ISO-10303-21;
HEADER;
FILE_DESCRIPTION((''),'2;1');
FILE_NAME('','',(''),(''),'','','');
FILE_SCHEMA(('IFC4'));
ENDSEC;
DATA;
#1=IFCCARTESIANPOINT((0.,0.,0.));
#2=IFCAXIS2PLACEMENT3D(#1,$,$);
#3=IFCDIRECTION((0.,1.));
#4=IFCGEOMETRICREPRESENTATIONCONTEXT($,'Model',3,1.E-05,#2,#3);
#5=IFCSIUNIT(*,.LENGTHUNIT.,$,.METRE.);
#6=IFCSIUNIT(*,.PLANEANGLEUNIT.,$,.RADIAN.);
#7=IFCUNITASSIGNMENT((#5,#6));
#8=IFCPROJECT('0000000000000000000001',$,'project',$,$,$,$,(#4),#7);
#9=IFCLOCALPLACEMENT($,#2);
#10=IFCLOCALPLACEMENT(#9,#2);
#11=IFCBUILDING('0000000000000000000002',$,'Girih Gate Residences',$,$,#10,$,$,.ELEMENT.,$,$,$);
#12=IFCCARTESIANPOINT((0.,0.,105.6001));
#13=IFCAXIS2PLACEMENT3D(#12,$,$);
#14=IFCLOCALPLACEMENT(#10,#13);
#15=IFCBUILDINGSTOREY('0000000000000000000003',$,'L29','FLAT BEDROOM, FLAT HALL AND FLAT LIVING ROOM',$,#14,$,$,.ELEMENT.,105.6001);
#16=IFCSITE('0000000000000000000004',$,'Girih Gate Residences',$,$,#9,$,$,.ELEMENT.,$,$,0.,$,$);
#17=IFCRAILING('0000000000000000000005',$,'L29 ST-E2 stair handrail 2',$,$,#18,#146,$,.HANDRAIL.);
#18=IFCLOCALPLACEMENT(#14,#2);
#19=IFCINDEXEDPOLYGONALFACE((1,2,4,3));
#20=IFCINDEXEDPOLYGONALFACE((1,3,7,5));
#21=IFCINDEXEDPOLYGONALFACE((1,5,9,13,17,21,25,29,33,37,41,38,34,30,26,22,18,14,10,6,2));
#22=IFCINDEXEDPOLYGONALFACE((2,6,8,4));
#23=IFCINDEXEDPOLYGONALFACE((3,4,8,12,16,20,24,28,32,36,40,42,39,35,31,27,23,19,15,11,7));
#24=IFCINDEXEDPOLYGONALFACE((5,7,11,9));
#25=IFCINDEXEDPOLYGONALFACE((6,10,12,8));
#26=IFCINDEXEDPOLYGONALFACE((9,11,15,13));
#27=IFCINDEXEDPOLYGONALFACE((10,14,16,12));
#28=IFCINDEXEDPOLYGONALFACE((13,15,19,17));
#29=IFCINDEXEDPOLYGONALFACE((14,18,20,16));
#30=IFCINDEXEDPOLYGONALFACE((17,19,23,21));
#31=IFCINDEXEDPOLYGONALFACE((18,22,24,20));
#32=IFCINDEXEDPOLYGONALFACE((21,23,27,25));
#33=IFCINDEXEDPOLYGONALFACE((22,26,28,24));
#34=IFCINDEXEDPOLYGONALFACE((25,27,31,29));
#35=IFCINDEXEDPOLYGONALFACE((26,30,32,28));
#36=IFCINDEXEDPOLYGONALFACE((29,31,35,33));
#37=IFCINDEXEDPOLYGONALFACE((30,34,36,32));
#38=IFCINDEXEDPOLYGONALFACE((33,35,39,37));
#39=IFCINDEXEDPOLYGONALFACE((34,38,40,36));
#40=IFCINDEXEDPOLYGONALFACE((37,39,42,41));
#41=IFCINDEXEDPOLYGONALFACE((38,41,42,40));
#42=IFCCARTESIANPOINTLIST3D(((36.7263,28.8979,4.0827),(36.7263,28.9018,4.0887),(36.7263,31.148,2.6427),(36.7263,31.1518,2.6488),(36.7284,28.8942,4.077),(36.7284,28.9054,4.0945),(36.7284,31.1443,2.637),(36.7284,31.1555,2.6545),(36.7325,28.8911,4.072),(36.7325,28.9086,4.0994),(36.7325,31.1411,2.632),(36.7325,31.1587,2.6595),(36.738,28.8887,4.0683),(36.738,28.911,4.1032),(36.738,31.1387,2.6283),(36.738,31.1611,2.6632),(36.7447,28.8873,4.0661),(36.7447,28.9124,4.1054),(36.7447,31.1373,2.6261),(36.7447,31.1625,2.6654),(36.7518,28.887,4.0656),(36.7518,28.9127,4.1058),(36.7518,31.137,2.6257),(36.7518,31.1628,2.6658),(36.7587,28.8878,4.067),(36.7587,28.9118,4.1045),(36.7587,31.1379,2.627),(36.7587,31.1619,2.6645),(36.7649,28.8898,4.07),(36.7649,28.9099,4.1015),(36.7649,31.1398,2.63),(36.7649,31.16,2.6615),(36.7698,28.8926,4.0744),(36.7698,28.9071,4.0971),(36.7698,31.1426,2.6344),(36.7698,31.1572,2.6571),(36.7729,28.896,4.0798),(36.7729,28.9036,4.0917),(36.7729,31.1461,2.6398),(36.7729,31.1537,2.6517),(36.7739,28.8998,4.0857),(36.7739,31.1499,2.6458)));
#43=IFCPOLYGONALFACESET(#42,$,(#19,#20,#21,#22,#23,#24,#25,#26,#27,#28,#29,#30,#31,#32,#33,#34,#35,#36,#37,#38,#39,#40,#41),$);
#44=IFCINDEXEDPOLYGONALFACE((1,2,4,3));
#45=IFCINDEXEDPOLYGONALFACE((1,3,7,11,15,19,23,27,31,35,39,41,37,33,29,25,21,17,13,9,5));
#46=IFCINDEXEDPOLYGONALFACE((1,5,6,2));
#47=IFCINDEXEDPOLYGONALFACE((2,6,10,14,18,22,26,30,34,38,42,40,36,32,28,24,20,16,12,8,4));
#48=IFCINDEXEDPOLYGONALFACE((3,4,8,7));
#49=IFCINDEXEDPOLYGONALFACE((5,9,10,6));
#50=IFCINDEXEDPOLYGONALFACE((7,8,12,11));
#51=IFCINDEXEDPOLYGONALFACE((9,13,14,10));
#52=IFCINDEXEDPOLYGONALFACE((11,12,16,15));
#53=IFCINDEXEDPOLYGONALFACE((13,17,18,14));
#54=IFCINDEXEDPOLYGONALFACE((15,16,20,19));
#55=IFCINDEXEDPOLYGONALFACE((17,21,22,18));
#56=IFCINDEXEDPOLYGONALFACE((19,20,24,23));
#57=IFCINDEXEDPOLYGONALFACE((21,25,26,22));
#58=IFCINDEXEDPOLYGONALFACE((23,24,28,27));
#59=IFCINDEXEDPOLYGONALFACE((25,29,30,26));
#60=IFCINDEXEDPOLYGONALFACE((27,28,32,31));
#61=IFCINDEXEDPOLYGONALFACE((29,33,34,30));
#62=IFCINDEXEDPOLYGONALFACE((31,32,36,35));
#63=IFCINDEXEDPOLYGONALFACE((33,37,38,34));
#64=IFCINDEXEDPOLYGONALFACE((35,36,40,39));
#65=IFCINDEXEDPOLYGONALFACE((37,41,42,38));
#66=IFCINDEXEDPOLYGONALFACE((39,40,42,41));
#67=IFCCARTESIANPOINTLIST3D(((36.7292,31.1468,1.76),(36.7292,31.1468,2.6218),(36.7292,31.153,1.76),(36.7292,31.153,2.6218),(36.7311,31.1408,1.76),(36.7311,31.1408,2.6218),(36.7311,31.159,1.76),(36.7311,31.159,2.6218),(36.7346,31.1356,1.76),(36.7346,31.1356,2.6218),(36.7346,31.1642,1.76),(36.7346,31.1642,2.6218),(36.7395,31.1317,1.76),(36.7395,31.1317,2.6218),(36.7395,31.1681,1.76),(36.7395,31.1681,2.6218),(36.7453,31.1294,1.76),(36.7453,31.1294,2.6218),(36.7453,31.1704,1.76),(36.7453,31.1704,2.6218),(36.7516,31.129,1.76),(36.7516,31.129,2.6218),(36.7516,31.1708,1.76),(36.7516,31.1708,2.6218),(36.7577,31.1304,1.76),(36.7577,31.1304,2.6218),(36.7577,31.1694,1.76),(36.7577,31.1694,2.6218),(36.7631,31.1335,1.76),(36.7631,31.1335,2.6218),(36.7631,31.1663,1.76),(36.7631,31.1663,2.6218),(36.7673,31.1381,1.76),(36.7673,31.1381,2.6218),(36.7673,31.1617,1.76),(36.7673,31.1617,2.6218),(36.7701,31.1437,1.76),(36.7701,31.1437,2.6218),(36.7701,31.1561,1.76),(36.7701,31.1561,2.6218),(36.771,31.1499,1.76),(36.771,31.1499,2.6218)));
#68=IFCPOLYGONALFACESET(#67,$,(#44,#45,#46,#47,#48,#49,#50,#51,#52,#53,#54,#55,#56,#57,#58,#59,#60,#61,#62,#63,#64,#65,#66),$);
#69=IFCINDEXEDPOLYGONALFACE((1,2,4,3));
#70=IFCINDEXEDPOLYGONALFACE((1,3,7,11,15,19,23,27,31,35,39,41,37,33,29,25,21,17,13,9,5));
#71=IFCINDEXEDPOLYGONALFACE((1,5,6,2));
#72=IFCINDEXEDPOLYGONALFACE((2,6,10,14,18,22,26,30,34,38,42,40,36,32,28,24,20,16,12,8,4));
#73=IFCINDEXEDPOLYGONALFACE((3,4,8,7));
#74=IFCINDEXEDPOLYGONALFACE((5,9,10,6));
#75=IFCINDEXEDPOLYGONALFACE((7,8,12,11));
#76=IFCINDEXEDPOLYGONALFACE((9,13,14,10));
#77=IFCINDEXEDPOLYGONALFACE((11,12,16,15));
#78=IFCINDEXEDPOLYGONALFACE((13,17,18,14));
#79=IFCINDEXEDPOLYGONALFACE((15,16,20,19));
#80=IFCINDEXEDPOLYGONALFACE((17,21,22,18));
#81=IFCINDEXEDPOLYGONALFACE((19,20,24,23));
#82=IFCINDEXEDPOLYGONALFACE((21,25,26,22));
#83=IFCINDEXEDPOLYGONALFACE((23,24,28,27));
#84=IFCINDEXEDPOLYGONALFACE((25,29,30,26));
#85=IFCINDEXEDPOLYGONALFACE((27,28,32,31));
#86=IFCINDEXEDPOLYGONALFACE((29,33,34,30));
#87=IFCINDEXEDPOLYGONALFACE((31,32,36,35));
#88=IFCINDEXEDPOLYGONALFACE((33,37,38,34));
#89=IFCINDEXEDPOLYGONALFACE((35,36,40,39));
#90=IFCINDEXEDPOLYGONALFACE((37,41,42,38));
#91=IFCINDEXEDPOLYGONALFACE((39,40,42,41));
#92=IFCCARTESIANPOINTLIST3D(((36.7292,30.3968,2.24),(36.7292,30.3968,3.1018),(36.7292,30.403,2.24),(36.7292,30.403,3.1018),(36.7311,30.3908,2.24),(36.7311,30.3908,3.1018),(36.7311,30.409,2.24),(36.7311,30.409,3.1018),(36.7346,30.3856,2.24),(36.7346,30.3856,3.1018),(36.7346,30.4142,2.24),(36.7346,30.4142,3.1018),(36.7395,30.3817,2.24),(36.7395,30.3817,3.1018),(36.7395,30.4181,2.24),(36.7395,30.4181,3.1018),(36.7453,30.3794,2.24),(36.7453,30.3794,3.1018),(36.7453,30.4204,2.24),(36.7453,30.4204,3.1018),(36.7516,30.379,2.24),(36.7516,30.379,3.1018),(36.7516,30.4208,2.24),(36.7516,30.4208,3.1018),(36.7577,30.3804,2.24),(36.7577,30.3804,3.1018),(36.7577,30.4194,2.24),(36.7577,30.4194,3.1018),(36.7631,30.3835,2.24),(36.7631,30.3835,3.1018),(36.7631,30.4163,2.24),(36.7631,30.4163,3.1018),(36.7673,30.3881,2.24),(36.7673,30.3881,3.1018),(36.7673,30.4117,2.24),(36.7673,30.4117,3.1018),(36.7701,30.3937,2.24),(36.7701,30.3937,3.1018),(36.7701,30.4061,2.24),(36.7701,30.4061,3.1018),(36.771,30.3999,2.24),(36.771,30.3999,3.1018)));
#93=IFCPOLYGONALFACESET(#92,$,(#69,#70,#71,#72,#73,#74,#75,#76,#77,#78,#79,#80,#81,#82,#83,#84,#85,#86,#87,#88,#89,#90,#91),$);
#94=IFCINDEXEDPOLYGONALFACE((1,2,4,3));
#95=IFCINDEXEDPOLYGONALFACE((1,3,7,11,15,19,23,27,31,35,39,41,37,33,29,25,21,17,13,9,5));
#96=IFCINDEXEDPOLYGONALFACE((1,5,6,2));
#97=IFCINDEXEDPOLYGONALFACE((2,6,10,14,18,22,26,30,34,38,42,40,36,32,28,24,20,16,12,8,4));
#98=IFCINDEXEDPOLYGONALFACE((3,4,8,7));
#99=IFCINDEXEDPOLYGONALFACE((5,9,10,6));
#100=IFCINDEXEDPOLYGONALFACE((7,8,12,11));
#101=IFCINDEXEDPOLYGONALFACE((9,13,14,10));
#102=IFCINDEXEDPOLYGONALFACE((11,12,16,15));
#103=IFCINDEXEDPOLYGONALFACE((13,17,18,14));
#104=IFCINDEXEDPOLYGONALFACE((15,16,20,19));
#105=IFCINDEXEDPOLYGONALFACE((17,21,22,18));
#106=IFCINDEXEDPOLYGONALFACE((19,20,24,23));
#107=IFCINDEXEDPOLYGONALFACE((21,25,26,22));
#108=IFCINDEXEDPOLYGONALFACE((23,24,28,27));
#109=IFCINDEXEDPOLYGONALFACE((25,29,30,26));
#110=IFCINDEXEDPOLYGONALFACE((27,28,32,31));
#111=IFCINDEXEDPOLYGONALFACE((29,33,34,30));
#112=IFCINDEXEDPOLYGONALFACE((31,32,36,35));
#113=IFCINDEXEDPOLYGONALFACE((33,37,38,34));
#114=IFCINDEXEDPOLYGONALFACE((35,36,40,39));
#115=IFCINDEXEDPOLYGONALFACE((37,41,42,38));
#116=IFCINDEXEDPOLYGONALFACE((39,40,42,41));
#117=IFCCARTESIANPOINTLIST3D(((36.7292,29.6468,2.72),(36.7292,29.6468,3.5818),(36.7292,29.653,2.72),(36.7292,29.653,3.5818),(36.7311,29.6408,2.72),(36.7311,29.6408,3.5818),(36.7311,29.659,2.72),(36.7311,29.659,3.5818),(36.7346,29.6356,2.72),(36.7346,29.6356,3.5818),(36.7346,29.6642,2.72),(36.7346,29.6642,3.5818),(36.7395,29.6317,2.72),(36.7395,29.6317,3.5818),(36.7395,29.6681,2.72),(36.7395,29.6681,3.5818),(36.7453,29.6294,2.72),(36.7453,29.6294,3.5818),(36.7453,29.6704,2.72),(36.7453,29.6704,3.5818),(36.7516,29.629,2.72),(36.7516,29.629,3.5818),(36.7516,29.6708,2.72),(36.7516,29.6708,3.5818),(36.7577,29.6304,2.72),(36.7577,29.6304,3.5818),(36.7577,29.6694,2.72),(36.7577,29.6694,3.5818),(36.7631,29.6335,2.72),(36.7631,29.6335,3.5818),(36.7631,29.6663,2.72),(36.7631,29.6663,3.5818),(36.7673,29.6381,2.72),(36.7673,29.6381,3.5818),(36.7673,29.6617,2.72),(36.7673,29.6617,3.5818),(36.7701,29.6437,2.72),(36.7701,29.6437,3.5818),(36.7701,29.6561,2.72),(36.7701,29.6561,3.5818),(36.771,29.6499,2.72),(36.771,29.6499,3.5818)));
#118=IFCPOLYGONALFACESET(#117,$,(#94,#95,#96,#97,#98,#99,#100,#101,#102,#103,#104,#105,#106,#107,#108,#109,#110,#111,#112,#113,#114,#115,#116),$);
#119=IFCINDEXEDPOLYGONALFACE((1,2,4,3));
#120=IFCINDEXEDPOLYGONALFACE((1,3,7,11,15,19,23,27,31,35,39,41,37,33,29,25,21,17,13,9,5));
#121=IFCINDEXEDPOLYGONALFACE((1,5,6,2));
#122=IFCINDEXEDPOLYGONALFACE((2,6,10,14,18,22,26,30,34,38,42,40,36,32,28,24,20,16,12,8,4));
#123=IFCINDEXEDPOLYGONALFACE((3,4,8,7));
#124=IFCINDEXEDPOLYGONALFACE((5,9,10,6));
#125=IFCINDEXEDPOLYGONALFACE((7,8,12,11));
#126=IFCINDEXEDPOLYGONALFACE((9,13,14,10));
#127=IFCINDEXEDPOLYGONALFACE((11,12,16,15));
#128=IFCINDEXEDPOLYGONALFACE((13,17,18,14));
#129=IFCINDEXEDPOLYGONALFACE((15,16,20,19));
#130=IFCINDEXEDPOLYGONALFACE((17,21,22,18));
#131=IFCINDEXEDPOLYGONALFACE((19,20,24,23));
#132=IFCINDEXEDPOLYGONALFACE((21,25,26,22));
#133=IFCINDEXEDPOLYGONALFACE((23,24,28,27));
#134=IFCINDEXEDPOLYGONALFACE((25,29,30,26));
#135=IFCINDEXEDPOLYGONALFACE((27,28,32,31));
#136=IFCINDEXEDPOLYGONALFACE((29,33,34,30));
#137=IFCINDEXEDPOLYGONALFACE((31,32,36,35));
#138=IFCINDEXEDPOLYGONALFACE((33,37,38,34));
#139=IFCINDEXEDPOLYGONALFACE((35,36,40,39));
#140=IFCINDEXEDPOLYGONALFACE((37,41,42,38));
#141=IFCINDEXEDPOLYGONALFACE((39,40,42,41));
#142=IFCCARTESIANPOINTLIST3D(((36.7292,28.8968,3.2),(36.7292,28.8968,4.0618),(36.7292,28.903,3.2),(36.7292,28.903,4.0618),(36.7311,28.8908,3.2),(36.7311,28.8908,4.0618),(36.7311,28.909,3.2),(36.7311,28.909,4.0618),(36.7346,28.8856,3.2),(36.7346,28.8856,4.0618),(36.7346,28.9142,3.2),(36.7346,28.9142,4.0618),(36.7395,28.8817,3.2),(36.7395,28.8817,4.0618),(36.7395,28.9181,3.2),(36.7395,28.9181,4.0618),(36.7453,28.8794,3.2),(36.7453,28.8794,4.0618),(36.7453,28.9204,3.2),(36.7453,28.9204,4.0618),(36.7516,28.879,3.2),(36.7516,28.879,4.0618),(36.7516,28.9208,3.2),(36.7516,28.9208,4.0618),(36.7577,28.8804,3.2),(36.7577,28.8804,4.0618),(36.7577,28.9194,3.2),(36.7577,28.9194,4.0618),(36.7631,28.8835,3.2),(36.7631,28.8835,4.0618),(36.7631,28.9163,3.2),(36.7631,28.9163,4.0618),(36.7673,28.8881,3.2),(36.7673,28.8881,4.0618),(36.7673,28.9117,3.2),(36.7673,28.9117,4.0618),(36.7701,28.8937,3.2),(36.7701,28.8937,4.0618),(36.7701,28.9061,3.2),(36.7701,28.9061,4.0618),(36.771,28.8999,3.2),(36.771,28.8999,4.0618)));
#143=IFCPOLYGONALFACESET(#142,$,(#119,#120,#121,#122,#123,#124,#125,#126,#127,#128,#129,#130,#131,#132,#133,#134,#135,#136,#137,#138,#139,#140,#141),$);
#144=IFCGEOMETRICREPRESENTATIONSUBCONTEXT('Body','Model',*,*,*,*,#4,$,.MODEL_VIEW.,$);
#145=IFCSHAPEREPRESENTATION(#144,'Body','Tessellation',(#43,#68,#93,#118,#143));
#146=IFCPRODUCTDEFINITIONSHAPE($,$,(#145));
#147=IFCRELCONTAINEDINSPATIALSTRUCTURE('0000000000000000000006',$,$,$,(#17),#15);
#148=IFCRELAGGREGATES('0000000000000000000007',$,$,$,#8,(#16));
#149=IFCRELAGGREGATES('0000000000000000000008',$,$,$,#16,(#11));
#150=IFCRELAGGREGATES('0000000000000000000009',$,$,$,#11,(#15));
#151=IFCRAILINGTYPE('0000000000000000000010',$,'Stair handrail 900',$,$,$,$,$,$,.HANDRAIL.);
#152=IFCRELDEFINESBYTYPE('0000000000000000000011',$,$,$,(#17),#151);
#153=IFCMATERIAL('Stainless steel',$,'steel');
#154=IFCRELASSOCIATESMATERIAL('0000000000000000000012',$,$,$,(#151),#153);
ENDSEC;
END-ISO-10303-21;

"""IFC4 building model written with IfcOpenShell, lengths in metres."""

from ifc_helpers import new_model, si_unit, direction, frame, origin, origin_2d, place, context, subcontext, project, spatial, circle, extrude, material, type_object, element, save


model = new_model("IFC4")

# Units and contexts
model_context = context("Model", 3, precision=1e-05, world=origin(), true_north=direction((0.0, 1.0)))
body_context = subcontext(model_context, "Body", "Model", "MODEL_VIEW")
ifc_project = project(units=[si_unit("LENGTHUNIT", "METRE"), si_unit("PLANEANGLEUNIT", "RADIAN")], contexts=[model_context])

# Site, building, storey
site_placement = place(None, origin())
site = spatial("IfcSite", under=ifc_project, at=site_placement, Name="Girih Gate Residences", CompositionType="ELEMENT", RefElevation=0.0)
building_placement = place(site_placement, origin())
building = spatial("IfcBuilding", under=site, at=building_placement, Name="Girih Gate Residences", CompositionType="ELEMENT")
storey_placement = place(building_placement, frame((0.0, 0.0, 105.6001)))
storey = spatial("IfcBuildingStorey", under=building, at=storey_placement, Name="L29", Description="FLAT BEDROOM, FLAT HALL AND FLAT LIVING ROOM", CompositionType="ELEMENT", Elevation=105.6001)

# Shared definitions
ifc_material_1 = material(Name="Stainless steel", Category="steel")

# Railing
railing_type_1 = type_object("IfcRailingType", Name="Stair handrail 900", PredefinedType="HANDRAIL", material=ifc_material_1)
railing_1_placement = place(storey_placement, frame((36.75, 31.1499, 1.76)))
element("IfcRailing", 1, at=railing_1_placement, inside=storey, type_object=railing_type_1, Name="L29 ST-E2 stair handrail 2", PredefinedType="HANDRAIL", context=body_context, shape_type="SweptSolid", body=[
    extrude(circle(Radius=0.0239, at=origin_2d()), frame((0.0, 0.0, 0.8857), z_axis=(0.0, -0.842281, 0.539038), x_axis=(1.0, 0.0, 0.0)), (0.0, 0.0, 1.0), 2.6714),
    extrude(circle(Radius=0.021, at=origin_2d()), origin(), (0.0, 0.0, 1.0), 0.8618),
    extrude(circle(Radius=0.021, at=origin_2d()), frame((0.0, -0.75, 0.48)), (0.0, 0.0, 1.0), 0.8618),
    extrude(circle(Radius=0.021, at=origin_2d()), frame((0.0, -1.5, 0.96)), (0.0, 0.0, 1.0), 0.8618),
    extrude(circle(Radius=0.021, at=origin_2d()), frame((0.0, -2.25, 1.4399)), (0.0, 0.0, 1.0), 0.8618),
])

save(model, "model.ifc")
